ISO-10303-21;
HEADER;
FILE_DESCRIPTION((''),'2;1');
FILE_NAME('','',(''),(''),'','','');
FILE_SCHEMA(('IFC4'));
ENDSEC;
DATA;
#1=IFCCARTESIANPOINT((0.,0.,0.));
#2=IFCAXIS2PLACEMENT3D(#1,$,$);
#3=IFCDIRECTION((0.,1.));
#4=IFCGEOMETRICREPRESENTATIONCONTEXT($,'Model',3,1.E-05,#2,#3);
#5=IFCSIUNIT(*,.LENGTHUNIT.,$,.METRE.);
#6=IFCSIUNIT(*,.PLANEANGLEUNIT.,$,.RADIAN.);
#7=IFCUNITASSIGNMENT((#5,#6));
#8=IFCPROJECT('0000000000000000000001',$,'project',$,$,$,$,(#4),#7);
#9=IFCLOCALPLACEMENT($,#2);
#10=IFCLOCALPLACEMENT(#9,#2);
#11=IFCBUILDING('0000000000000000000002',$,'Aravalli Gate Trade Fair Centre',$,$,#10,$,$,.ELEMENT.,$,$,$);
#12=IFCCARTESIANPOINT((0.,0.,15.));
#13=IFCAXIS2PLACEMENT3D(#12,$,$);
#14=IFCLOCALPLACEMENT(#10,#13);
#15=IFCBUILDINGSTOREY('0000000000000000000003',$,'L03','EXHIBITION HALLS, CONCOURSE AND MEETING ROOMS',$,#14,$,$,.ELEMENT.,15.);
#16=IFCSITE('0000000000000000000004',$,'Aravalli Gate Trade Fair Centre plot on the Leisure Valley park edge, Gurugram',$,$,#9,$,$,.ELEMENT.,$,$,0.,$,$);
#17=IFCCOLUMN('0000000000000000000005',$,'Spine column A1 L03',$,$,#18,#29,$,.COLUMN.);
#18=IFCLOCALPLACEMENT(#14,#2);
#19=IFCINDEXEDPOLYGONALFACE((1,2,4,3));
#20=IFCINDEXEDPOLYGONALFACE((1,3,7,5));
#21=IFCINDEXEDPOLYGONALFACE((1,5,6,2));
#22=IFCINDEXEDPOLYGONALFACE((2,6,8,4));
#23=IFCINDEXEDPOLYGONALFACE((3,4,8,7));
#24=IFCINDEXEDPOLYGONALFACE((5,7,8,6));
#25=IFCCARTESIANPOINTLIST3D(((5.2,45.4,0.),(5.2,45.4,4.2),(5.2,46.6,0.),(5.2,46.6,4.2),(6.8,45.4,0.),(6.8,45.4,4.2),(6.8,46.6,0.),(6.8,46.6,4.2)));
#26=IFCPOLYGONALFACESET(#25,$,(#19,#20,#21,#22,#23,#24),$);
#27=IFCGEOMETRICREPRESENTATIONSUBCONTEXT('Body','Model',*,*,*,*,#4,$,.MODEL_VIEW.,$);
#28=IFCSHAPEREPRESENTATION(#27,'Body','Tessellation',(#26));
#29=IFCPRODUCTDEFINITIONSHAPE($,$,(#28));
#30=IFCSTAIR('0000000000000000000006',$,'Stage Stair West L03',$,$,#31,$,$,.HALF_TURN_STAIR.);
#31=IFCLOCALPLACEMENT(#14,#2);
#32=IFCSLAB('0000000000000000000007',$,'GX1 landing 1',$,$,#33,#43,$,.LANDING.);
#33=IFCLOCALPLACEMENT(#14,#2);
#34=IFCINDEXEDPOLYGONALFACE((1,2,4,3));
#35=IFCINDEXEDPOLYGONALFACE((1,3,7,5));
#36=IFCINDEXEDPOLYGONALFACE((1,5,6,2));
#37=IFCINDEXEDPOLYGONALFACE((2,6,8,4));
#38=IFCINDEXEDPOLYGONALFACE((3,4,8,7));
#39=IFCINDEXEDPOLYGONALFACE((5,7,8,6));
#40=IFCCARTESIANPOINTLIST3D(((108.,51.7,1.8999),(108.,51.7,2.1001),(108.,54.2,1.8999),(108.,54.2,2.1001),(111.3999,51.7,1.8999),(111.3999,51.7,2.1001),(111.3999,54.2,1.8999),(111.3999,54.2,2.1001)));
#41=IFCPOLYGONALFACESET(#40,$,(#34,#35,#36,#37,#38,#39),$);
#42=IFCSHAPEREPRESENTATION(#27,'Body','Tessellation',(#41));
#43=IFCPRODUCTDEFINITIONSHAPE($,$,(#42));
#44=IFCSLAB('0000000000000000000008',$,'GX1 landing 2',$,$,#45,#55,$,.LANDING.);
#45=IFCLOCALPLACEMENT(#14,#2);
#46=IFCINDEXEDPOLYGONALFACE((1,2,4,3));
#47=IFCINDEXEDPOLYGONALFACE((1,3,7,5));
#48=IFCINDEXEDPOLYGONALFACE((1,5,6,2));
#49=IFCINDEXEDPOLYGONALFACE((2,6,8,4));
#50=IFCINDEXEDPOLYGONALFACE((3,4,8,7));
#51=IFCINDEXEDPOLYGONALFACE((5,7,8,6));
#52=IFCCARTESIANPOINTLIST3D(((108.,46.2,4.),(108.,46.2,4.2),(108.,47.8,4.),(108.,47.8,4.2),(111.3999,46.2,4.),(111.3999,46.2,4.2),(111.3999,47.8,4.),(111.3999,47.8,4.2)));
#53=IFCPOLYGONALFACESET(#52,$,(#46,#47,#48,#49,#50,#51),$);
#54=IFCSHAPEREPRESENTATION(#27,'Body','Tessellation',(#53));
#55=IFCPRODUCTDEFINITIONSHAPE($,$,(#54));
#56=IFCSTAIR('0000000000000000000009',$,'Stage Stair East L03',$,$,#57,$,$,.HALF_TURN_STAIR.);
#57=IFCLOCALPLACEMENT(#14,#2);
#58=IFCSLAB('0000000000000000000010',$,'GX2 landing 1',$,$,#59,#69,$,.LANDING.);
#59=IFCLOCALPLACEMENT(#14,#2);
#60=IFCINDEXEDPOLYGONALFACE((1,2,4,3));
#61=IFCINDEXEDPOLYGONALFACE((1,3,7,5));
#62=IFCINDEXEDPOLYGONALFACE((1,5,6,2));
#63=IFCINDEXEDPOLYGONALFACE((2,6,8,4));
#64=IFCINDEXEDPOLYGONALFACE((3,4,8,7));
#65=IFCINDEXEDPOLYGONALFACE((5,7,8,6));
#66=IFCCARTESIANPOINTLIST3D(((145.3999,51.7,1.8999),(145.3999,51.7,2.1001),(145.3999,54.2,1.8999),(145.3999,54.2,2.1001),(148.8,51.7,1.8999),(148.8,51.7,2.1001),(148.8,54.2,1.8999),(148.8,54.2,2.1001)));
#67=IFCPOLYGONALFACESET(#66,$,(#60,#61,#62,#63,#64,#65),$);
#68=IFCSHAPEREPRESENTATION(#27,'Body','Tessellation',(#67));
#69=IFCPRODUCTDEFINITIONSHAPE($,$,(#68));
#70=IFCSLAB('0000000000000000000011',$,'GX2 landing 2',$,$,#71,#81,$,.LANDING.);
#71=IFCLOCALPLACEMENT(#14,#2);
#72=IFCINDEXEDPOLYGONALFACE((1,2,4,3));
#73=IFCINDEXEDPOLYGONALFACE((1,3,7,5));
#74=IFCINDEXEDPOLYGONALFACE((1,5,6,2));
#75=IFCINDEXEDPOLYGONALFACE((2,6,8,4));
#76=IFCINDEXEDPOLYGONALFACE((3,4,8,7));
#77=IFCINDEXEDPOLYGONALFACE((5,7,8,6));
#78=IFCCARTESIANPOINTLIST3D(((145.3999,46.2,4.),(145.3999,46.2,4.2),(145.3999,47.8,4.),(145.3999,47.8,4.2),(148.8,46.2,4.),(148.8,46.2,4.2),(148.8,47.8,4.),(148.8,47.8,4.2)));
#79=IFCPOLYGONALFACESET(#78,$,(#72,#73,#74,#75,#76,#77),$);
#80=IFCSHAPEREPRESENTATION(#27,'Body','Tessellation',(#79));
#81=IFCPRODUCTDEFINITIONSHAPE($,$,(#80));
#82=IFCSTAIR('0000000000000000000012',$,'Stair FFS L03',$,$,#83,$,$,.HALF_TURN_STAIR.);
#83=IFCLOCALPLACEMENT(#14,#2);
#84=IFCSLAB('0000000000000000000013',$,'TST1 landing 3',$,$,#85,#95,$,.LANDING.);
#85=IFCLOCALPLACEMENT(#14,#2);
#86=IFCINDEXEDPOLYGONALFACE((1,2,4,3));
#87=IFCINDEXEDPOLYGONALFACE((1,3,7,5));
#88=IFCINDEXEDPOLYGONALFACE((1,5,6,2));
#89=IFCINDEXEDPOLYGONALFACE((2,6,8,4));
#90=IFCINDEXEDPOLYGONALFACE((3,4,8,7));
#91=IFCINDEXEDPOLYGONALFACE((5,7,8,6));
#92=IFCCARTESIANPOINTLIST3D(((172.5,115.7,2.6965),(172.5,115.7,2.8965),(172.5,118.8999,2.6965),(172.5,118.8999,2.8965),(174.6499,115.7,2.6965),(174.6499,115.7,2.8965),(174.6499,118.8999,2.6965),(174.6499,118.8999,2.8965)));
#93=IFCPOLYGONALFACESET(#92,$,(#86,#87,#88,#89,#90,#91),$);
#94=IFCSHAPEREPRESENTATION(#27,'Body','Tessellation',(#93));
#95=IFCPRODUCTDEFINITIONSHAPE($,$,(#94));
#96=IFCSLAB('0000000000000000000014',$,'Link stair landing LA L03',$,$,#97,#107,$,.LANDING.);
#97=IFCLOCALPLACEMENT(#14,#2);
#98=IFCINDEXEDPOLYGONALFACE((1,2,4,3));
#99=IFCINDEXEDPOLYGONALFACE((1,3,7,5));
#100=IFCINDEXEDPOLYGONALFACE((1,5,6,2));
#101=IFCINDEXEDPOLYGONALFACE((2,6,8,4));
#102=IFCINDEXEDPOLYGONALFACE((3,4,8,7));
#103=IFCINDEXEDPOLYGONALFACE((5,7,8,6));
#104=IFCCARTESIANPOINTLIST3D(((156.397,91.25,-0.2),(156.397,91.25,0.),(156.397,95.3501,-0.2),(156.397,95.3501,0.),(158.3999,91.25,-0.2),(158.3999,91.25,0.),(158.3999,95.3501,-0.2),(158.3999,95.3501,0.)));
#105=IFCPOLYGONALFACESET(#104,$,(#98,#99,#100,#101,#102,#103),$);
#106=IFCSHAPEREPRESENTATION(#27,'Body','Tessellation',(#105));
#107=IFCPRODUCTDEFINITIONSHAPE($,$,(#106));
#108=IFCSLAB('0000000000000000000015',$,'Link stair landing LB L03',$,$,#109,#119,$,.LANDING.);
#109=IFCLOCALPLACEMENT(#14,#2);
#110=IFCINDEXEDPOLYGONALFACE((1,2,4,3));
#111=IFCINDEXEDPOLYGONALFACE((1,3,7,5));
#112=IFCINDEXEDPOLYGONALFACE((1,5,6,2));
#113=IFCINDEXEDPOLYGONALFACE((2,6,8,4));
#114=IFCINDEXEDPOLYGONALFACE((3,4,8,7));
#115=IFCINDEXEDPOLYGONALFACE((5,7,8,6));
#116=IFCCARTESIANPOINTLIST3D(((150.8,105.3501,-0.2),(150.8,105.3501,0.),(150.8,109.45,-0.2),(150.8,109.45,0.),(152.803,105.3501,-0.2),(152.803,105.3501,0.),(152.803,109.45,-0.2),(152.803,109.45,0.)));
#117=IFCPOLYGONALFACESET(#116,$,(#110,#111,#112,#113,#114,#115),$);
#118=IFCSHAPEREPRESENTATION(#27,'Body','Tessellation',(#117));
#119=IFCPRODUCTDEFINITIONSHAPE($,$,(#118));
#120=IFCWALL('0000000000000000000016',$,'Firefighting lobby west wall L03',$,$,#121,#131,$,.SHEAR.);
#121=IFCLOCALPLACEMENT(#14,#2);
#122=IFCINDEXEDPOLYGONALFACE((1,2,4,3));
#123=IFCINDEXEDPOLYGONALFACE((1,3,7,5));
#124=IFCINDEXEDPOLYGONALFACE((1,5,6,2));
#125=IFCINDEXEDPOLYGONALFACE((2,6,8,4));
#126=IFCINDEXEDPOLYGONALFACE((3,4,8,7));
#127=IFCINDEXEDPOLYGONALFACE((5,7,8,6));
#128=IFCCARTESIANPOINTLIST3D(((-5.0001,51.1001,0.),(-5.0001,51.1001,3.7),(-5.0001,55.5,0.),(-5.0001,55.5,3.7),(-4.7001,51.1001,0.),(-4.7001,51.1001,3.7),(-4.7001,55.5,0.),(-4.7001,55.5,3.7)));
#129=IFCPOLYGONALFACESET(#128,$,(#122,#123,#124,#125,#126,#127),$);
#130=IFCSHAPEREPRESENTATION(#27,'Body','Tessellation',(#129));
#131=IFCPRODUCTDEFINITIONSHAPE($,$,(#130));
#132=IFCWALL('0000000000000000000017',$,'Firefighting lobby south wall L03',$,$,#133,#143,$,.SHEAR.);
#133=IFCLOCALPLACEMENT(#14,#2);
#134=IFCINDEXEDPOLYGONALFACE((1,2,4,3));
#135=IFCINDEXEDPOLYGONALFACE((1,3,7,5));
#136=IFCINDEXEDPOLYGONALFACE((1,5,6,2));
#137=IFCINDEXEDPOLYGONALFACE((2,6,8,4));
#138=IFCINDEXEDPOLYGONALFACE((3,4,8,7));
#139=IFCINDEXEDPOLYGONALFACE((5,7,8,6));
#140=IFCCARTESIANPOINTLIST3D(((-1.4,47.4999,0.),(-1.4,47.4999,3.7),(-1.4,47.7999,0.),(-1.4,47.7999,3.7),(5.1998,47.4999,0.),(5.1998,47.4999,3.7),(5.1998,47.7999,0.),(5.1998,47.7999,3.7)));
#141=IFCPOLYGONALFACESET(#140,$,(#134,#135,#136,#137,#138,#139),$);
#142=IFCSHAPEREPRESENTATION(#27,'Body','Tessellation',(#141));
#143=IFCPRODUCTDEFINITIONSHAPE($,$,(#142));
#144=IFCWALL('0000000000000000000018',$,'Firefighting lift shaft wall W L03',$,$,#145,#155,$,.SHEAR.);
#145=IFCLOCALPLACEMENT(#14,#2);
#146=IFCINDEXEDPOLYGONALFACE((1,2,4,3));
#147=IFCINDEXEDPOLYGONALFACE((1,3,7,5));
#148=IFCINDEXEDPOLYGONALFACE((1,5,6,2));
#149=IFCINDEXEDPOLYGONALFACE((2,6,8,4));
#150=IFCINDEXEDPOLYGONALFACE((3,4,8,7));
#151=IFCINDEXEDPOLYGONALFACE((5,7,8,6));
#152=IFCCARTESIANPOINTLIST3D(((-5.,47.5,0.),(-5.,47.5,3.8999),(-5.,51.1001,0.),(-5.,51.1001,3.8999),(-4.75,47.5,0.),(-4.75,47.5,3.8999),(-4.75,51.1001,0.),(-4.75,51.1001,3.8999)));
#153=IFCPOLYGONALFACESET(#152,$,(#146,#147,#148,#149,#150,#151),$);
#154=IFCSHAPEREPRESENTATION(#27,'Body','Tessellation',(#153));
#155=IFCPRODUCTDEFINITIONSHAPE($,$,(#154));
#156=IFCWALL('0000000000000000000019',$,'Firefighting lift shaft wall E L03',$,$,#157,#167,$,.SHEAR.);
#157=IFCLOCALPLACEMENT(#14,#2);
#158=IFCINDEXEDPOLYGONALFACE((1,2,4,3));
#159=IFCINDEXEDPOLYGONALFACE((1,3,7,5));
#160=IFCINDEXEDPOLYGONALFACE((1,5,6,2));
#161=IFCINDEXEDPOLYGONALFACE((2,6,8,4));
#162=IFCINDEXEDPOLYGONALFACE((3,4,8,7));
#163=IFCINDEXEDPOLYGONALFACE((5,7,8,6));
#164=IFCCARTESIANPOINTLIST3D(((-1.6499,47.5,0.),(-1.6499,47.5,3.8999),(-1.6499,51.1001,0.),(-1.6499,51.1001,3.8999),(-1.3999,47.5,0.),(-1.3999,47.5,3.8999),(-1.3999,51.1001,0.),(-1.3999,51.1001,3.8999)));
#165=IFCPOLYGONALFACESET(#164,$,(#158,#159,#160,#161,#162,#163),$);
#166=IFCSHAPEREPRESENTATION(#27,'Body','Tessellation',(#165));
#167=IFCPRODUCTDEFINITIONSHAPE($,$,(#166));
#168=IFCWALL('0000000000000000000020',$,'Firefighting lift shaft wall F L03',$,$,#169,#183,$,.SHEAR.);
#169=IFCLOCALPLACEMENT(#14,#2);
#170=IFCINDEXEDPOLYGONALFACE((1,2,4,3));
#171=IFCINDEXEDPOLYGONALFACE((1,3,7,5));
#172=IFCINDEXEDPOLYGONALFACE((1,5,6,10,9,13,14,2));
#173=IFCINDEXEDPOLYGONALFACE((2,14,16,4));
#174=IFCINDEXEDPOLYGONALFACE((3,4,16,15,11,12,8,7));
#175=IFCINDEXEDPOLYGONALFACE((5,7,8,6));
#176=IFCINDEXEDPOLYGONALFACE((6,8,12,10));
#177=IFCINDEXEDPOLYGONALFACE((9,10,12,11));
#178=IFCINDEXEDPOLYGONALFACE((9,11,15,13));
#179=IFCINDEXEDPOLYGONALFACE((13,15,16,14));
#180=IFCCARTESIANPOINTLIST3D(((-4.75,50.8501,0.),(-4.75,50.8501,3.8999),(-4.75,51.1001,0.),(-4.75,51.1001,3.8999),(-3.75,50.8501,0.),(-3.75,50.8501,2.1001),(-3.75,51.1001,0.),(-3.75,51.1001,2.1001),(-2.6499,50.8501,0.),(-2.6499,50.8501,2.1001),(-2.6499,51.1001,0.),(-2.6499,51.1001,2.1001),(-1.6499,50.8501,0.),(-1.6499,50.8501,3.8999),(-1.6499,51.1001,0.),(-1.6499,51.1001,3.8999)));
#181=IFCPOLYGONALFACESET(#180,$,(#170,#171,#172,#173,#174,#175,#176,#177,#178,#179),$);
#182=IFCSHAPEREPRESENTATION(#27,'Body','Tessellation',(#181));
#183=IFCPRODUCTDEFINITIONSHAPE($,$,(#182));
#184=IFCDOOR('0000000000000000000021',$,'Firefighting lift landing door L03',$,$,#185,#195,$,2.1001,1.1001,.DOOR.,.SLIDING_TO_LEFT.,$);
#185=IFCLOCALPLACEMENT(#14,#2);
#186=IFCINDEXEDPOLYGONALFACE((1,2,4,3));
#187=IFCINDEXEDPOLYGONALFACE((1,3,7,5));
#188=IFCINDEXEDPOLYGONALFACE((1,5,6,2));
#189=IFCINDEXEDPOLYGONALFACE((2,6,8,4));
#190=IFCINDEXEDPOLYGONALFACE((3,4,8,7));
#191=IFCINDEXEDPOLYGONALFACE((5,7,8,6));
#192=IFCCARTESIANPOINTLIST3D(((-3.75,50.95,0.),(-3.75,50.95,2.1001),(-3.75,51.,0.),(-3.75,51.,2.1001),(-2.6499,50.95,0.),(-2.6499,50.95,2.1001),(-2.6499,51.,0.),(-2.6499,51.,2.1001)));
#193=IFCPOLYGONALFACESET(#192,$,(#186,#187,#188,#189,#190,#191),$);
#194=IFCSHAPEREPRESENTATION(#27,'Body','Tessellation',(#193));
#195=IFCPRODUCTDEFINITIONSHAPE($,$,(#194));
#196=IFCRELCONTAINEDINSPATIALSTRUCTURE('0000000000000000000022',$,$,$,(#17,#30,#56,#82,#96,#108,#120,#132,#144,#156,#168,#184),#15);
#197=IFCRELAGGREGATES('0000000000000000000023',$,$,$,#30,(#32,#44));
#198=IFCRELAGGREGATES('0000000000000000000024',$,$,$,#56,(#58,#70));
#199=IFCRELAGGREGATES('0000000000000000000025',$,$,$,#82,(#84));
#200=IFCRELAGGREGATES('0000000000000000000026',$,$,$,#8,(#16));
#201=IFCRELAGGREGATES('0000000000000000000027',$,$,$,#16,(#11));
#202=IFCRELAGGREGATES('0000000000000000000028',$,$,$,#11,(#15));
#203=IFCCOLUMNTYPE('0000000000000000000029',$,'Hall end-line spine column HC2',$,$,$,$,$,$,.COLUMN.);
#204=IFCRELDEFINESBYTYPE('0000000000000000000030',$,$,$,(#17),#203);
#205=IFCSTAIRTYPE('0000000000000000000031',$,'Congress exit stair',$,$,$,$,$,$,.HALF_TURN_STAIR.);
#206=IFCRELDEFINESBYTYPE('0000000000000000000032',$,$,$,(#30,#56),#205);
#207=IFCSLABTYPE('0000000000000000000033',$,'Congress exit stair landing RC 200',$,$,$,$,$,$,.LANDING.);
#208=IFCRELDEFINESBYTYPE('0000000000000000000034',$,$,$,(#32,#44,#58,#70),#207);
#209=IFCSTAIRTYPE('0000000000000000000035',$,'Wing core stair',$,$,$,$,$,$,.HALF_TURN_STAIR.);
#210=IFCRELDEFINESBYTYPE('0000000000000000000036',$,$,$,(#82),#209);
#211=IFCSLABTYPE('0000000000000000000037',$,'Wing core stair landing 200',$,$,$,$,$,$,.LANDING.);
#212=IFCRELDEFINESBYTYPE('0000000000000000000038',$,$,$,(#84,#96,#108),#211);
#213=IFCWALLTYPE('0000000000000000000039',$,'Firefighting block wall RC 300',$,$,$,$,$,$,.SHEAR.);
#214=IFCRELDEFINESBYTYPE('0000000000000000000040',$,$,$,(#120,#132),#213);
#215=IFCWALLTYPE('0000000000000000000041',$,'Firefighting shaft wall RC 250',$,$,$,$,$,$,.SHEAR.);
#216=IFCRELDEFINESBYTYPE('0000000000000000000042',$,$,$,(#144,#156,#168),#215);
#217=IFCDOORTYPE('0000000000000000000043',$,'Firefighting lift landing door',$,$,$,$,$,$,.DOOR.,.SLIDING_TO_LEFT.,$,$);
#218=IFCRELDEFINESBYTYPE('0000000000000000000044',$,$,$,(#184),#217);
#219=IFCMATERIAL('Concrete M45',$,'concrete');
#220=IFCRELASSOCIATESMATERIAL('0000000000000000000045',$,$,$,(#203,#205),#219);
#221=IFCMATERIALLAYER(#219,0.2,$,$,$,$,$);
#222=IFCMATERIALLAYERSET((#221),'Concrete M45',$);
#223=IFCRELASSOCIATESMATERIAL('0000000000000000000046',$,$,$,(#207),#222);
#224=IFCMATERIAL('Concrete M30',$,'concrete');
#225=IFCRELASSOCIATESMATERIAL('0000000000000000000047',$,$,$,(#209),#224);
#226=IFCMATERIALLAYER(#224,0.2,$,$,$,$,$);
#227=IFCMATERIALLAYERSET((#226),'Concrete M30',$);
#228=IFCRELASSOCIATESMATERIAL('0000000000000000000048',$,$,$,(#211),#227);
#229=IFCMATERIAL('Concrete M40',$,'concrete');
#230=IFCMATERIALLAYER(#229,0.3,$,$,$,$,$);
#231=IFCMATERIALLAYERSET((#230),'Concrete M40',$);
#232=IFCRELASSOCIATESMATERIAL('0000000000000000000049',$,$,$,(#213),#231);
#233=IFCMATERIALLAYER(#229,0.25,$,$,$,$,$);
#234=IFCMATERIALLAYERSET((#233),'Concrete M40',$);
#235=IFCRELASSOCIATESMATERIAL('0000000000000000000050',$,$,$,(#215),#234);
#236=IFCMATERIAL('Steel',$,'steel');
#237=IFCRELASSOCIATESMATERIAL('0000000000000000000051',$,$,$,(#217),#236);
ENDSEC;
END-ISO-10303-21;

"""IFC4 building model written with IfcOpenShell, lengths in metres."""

from ifc_helpers import new_model, si_unit, direction, frame, frame_2d, origin, origin_2d, place, context, subcontext, project, spatial, polyline, rectangle, outline, extrude, material, layer, layer_set, material_profile, profile_set, type_object, element, fill, aggregate, save


model = new_model("IFC4")

# Units and contexts
model_context = context("Model", 3, precision=1e-05, world=origin(), true_north=direction((0.0, 1.0)))
body_context = subcontext(model_context, "Body", "Model", "MODEL_VIEW")
ifc_project = project(units=[si_unit("LENGTHUNIT", "METRE"), si_unit("PLANEANGLEUNIT", "RADIAN")], contexts=[model_context])

# Site, building, storey
site_placement = place(None, origin())
site = spatial("IfcSite", under=ifc_project, at=site_placement, Name="Aravalli Gate Trade Fair Centre plot on the Leisure Valley park edge, Gurugram", CompositionType="ELEMENT", RefElevation=0.0)
building_placement = place(site_placement, origin())
building = spatial("IfcBuilding", under=site, at=building_placement, Name="Aravalli Gate Trade Fair Centre", CompositionType="ELEMENT")
storey_placement = place(building_placement, frame((0.0, 0.0, 15.0)))
storey = spatial("IfcBuildingStorey", under=building, at=storey_placement, Name="L03", Description="EXHIBITION HALLS, CONCOURSE AND MEETING ROOMS", CompositionType="ELEMENT", Elevation=15.0)

# Column
ifc_material_1 = material(Name="Concrete M45", Category="concrete")
ifc_material_profile = material_profile(ifc_material_1, rectangle(XDim=1.6001, YDim=1.2, at=origin_2d()), Name="RC 1600x1200")
ifc_profile_set = profile_set([ifc_material_profile], Name="Concrete M45")
column_type = type_object("IfcColumnType", Name="Hall end-line spine column HC2", PredefinedType="COLUMN", material=ifc_profile_set)
column_placement = place(storey_placement, frame((6.0, 46.0, 0.0), z_axis=(0.0, 0.0, 1.0), x_axis=(1.0, 0.0, 0.0)))
element("IfcColumn", 1, at=column_placement, inside=storey, type_object=column_type, Name="Spine column A1 L03", PredefinedType="COLUMN", context=body_context, shape_type="SweptSolid", body=[
    extrude(rectangle(XDim=1.6001, YDim=1.2, at=origin_2d()), origin(), (0.0, 0.0, 1.0), 4.2),
])

# Stairs, slabs
stair_type_1 = type_object("IfcStairType", Name="Congress exit stair", PredefinedType="HALF_TURN_STAIR", material=ifc_material_1)
stair_1_placement = place(storey_placement, origin())
stair_1 = element("IfcStair", 2, at=stair_1_placement, inside=storey, type_object=stair_type_1, Name="Stage Stair West L03", PredefinedType="HALF_TURN_STAIR")
ifc_layer_1 = layer(ifc_material_1, 0.2)
ifc_layer_set_1 = layer_set([ifc_layer_1], Name="Concrete M45")
slab_type_1 = type_object("IfcSlabType", Name="Congress exit stair landing RC 200", PredefinedType="LANDING", material=ifc_layer_set_1)
slab_1_placement = place(storey_placement, frame((0.0, 0.0, 1.8999)))
slab_1 = element("IfcSlab", 3, at=slab_1_placement, type_object=slab_type_1, Name="GX1 landing 1", PredefinedType="LANDING", context=body_context, shape_type="SweptSolid", body=[
    extrude(outline(polyline([(108.0, 51.7), (111.3999, 51.7), (111.3999, 54.2), (108.0, 54.2), (108.0, 51.7)])), origin(), (0.0, 0.0, 1.0), 0.2002),
])
slab_2_placement = place(storey_placement, frame((0.0, 0.0, 4.0)))
slab_2 = element("IfcSlab", 4, at=slab_2_placement, type_object=slab_type_1, Name="GX1 landing 2", PredefinedType="LANDING", context=body_context, shape_type="SweptSolid", body=[
    extrude(outline(polyline([(108.0, 46.2), (111.3999, 46.2), (111.3999, 47.8), (108.0, 47.8), (108.0, 46.2)])), origin(), (0.0, 0.0, 1.0), 0.2),
])
aggregate(stair_1, [slab_1, slab_2])
stair_2_placement = place(storey_placement, origin())
stair_2 = element("IfcStair", 5, at=stair_2_placement, inside=storey, type_object=stair_type_1, Name="Stage Stair East L03", PredefinedType="HALF_TURN_STAIR")
slab_3_placement = place(storey_placement, frame((0.0, 0.0, 1.8999)))
slab_3 = element("IfcSlab", 6, at=slab_3_placement, type_object=slab_type_1, Name="GX2 landing 1", PredefinedType="LANDING", context=body_context, shape_type="SweptSolid", body=[
    extrude(outline(polyline([(145.3999, 51.7), (148.8, 51.7), (148.8, 54.2), (145.3999, 54.2), (145.3999, 51.7)])), origin(), (0.0, 0.0, 1.0), 0.2002),
])
slab_4_placement = place(storey_placement, frame((0.0, 0.0, 4.0)))
slab_4 = element("IfcSlab", 7, at=slab_4_placement, type_object=slab_type_1, Name="GX2 landing 2", PredefinedType="LANDING", context=body_context, shape_type="SweptSolid", body=[
    extrude(outline(polyline([(145.3999, 46.2), (148.8, 46.2), (148.8, 47.8), (145.3999, 47.8), (145.3999, 46.2)])), origin(), (0.0, 0.0, 1.0), 0.2),
])
aggregate(stair_2, [slab_3, slab_4])

# Stair, slab
ifc_material_2 = material(Name="Concrete M30", Category="concrete")
stair_type_2 = type_object("IfcStairType", Name="Wing core stair", PredefinedType="HALF_TURN_STAIR", material=ifc_material_2)
stair_3_placement = place(storey_placement, origin())
stair_3 = element("IfcStair", 8, at=stair_3_placement, inside=storey, type_object=stair_type_2, Name="Stair FFS L03", PredefinedType="HALF_TURN_STAIR")
ifc_layer_2 = layer(ifc_material_2, 0.2)
ifc_layer_set_2 = layer_set([ifc_layer_2], Name="Concrete M30")
slab_type_2 = type_object("IfcSlabType", Name="Wing core stair landing 200", PredefinedType="LANDING", material=ifc_layer_set_2)
slab_5_placement = place(storey_placement, frame((0.0, 0.0, 2.6965)))
slab_5 = element("IfcSlab", 9, at=slab_5_placement, type_object=slab_type_2, Name="TST1 landing 3", PredefinedType="LANDING", context=body_context, shape_type="SweptSolid", body=[
    extrude(outline(polyline([(172.5, 115.7), (174.6499, 115.7), (174.6499, 118.8999), (172.5, 118.8999), (172.5, 115.7)])), origin(), (0.0, 0.0, 1.0), 0.2),
])
aggregate(stair_3, [slab_5])

# Slabs
slab_6_placement = place(storey_placement, frame((0.0, 0.0, -0.2)))
element("IfcSlab", 10, at=slab_6_placement, inside=storey, type_object=slab_type_2, Name="Link stair landing LA L03", PredefinedType="LANDING", context=body_context, shape_type="SweptSolid", body=[
    extrude(outline(polyline([(156.397, 91.25), (158.3999, 91.25), (158.3999, 95.3501), (156.397, 95.3501), (156.397, 91.25)])), origin(), (0.0, 0.0, 1.0), 0.2),
])
slab_7_placement = place(storey_placement, frame((0.0, 0.0, -0.2)))
element("IfcSlab", 11, at=slab_7_placement, inside=storey, type_object=slab_type_2, Name="Link stair landing LB L03", PredefinedType="LANDING", context=body_context, shape_type="SweptSolid", body=[
    extrude(outline(polyline([(150.8, 105.3501), (152.803, 105.3501), (152.803, 109.45), (150.8, 109.45), (150.8, 105.3501)])), origin(), (0.0, 0.0, 1.0), 0.2),
])

# Walls
ifc_material_3 = material(Name="Concrete M40", Category="concrete")
ifc_layer_3 = layer(ifc_material_3, 0.3)
ifc_layer_set_3 = layer_set([ifc_layer_3], Name="Concrete M40")
wall_type_1 = type_object("IfcWallType", Name="Firefighting block wall RC 300", PredefinedType="SHEAR", material=ifc_layer_set_3)
wall_1_placement = place(storey_placement, frame((-4.8501, 51.1001, 0.0), z_axis=(0.0, 0.0, 1.0), x_axis=(0.0, 1.0, 0.0)))
element("IfcWall", 12, at=wall_1_placement, inside=storey, type_object=wall_type_1, Name="Firefighting lobby west wall L03", PredefinedType="SHEAR", context=body_context, shape_type="SweptSolid", body=[
    extrude(rectangle(XDim=4.3999, YDim=0.3, at=frame_2d((2.2, 0.0))), origin(), (0.0, 0.0, 1.0), 3.7),
])
wall_2_placement = place(storey_placement, frame((-1.3999, 47.6499, 0.0), z_axis=(0.0, 0.0, 1.0), x_axis=(1.0, 0.0, 0.0)))
element("IfcWall", 13, at=wall_2_placement, inside=storey, type_object=wall_type_1, Name="Firefighting lobby south wall L03", PredefinedType="SHEAR", context=body_context, shape_type="SweptSolid", body=[
    extrude(rectangle(XDim=6.5999, YDim=0.3, at=frame_2d((3.2998, 0.0))), origin(), (0.0, 0.0, 1.0), 3.7),
])
ifc_layer_4 = layer(ifc_material_3, 0.25)
ifc_layer_set_4 = layer_set([ifc_layer_4], Name="Concrete M40")
wall_type_2 = type_object("IfcWallType", Name="Firefighting shaft wall RC 250", PredefinedType="SHEAR", material=ifc_layer_set_4)
for number, where, z_axis, x_axis, name in (
    (14, (-4.875, 47.5, 0.0), (0.0, 0.0, 1.0), (0.0, 1.0, 0.0), "Firefighting lift shaft wall W L03"),
    (15, (-1.5249, 47.5, 0.0), (0.0, 0.0, 1.0), (0.0, 1.0, 0.0), "Firefighting lift shaft wall E L03"),
):
    element("IfcWall", number, at=place(storey_placement, frame(where, z_axis=z_axis, x_axis=x_axis)), inside=storey, type_object=wall_type_2, Name=name, PredefinedType="SHEAR", context=body_context, shape_type="SweptSolid", body=[
        extrude(rectangle(XDim=3.6001, YDim=0.25, at=frame_2d((1.8, 0.0))), origin(), (0.0, 0.0, 1.0), 3.8999),
    ])

# Wall, opening, door
wall_3_placement = place(storey_placement, frame((-4.75, 50.9751, 0.0), z_axis=(0.0, 0.0, 1.0), x_axis=(1.0, 0.0, 0.0)))
wall_3 = element("IfcWall", 16, at=wall_3_placement, inside=storey, type_object=wall_type_2, Name="Firefighting lift shaft wall F L03", PredefinedType="SHEAR", context=body_context, shape_type="SweptSolid", body=[
    extrude(rectangle(XDim=3.1001, YDim=0.25, at=frame_2d((1.55, 0.0))), origin(), (0.0, 0.0, 1.0), 3.8999),
])
opening_1_placement = place(wall_3_placement, frame((1.0, 0.0, 0.0)))
opening_1 = element("IfcOpeningElement", 17, at=opening_1_placement, cuts=wall_3, PredefinedType="OPENING", context=body_context, shape_type="SweptSolid", body=[
    extrude(rectangle(XDim=1.1001, YDim=2.1001, at=frame_2d((0.55, 1.05))), frame((0.0, 0.135, 0.0), z_axis=(0.0, -1.0, 0.0), x_axis=(1.0, 0.0, 0.0)), (0.0, 0.0, 1.0), 0.27),
])
ifc_material_4 = material(Name="Steel", Category="steel")
door_type_1 = type_object("IfcDoorType", Name="Firefighting lift landing door", OperationType="SLIDING_TO_LEFT", PredefinedType="DOOR", material=ifc_material_4)
door_1_placement = place(opening_1_placement, origin())
door_1 = element("IfcDoor", 18, at=door_1_placement, inside=storey, type_object=door_type_1, Name="Firefighting lift landing door L03", OperationType="SLIDING_TO_LEFT", OverallHeight=2.1001, OverallWidth=1.1001, PredefinedType="DOOR", context=body_context, shape_type="SweptSolid", body=[
    extrude(rectangle(XDim=1.1001, YDim=2.1001, at=frame_2d((0.55, 1.05))), frame((0.0, 0.0249, 0.0), z_axis=(0.0, -1.0, 0.0), x_axis=(1.0, 0.0, 0.0)), (0.0, 0.0, 1.0), 0.05),
])
fill(opening_1, door_1)

save(model, "model.ifc")
